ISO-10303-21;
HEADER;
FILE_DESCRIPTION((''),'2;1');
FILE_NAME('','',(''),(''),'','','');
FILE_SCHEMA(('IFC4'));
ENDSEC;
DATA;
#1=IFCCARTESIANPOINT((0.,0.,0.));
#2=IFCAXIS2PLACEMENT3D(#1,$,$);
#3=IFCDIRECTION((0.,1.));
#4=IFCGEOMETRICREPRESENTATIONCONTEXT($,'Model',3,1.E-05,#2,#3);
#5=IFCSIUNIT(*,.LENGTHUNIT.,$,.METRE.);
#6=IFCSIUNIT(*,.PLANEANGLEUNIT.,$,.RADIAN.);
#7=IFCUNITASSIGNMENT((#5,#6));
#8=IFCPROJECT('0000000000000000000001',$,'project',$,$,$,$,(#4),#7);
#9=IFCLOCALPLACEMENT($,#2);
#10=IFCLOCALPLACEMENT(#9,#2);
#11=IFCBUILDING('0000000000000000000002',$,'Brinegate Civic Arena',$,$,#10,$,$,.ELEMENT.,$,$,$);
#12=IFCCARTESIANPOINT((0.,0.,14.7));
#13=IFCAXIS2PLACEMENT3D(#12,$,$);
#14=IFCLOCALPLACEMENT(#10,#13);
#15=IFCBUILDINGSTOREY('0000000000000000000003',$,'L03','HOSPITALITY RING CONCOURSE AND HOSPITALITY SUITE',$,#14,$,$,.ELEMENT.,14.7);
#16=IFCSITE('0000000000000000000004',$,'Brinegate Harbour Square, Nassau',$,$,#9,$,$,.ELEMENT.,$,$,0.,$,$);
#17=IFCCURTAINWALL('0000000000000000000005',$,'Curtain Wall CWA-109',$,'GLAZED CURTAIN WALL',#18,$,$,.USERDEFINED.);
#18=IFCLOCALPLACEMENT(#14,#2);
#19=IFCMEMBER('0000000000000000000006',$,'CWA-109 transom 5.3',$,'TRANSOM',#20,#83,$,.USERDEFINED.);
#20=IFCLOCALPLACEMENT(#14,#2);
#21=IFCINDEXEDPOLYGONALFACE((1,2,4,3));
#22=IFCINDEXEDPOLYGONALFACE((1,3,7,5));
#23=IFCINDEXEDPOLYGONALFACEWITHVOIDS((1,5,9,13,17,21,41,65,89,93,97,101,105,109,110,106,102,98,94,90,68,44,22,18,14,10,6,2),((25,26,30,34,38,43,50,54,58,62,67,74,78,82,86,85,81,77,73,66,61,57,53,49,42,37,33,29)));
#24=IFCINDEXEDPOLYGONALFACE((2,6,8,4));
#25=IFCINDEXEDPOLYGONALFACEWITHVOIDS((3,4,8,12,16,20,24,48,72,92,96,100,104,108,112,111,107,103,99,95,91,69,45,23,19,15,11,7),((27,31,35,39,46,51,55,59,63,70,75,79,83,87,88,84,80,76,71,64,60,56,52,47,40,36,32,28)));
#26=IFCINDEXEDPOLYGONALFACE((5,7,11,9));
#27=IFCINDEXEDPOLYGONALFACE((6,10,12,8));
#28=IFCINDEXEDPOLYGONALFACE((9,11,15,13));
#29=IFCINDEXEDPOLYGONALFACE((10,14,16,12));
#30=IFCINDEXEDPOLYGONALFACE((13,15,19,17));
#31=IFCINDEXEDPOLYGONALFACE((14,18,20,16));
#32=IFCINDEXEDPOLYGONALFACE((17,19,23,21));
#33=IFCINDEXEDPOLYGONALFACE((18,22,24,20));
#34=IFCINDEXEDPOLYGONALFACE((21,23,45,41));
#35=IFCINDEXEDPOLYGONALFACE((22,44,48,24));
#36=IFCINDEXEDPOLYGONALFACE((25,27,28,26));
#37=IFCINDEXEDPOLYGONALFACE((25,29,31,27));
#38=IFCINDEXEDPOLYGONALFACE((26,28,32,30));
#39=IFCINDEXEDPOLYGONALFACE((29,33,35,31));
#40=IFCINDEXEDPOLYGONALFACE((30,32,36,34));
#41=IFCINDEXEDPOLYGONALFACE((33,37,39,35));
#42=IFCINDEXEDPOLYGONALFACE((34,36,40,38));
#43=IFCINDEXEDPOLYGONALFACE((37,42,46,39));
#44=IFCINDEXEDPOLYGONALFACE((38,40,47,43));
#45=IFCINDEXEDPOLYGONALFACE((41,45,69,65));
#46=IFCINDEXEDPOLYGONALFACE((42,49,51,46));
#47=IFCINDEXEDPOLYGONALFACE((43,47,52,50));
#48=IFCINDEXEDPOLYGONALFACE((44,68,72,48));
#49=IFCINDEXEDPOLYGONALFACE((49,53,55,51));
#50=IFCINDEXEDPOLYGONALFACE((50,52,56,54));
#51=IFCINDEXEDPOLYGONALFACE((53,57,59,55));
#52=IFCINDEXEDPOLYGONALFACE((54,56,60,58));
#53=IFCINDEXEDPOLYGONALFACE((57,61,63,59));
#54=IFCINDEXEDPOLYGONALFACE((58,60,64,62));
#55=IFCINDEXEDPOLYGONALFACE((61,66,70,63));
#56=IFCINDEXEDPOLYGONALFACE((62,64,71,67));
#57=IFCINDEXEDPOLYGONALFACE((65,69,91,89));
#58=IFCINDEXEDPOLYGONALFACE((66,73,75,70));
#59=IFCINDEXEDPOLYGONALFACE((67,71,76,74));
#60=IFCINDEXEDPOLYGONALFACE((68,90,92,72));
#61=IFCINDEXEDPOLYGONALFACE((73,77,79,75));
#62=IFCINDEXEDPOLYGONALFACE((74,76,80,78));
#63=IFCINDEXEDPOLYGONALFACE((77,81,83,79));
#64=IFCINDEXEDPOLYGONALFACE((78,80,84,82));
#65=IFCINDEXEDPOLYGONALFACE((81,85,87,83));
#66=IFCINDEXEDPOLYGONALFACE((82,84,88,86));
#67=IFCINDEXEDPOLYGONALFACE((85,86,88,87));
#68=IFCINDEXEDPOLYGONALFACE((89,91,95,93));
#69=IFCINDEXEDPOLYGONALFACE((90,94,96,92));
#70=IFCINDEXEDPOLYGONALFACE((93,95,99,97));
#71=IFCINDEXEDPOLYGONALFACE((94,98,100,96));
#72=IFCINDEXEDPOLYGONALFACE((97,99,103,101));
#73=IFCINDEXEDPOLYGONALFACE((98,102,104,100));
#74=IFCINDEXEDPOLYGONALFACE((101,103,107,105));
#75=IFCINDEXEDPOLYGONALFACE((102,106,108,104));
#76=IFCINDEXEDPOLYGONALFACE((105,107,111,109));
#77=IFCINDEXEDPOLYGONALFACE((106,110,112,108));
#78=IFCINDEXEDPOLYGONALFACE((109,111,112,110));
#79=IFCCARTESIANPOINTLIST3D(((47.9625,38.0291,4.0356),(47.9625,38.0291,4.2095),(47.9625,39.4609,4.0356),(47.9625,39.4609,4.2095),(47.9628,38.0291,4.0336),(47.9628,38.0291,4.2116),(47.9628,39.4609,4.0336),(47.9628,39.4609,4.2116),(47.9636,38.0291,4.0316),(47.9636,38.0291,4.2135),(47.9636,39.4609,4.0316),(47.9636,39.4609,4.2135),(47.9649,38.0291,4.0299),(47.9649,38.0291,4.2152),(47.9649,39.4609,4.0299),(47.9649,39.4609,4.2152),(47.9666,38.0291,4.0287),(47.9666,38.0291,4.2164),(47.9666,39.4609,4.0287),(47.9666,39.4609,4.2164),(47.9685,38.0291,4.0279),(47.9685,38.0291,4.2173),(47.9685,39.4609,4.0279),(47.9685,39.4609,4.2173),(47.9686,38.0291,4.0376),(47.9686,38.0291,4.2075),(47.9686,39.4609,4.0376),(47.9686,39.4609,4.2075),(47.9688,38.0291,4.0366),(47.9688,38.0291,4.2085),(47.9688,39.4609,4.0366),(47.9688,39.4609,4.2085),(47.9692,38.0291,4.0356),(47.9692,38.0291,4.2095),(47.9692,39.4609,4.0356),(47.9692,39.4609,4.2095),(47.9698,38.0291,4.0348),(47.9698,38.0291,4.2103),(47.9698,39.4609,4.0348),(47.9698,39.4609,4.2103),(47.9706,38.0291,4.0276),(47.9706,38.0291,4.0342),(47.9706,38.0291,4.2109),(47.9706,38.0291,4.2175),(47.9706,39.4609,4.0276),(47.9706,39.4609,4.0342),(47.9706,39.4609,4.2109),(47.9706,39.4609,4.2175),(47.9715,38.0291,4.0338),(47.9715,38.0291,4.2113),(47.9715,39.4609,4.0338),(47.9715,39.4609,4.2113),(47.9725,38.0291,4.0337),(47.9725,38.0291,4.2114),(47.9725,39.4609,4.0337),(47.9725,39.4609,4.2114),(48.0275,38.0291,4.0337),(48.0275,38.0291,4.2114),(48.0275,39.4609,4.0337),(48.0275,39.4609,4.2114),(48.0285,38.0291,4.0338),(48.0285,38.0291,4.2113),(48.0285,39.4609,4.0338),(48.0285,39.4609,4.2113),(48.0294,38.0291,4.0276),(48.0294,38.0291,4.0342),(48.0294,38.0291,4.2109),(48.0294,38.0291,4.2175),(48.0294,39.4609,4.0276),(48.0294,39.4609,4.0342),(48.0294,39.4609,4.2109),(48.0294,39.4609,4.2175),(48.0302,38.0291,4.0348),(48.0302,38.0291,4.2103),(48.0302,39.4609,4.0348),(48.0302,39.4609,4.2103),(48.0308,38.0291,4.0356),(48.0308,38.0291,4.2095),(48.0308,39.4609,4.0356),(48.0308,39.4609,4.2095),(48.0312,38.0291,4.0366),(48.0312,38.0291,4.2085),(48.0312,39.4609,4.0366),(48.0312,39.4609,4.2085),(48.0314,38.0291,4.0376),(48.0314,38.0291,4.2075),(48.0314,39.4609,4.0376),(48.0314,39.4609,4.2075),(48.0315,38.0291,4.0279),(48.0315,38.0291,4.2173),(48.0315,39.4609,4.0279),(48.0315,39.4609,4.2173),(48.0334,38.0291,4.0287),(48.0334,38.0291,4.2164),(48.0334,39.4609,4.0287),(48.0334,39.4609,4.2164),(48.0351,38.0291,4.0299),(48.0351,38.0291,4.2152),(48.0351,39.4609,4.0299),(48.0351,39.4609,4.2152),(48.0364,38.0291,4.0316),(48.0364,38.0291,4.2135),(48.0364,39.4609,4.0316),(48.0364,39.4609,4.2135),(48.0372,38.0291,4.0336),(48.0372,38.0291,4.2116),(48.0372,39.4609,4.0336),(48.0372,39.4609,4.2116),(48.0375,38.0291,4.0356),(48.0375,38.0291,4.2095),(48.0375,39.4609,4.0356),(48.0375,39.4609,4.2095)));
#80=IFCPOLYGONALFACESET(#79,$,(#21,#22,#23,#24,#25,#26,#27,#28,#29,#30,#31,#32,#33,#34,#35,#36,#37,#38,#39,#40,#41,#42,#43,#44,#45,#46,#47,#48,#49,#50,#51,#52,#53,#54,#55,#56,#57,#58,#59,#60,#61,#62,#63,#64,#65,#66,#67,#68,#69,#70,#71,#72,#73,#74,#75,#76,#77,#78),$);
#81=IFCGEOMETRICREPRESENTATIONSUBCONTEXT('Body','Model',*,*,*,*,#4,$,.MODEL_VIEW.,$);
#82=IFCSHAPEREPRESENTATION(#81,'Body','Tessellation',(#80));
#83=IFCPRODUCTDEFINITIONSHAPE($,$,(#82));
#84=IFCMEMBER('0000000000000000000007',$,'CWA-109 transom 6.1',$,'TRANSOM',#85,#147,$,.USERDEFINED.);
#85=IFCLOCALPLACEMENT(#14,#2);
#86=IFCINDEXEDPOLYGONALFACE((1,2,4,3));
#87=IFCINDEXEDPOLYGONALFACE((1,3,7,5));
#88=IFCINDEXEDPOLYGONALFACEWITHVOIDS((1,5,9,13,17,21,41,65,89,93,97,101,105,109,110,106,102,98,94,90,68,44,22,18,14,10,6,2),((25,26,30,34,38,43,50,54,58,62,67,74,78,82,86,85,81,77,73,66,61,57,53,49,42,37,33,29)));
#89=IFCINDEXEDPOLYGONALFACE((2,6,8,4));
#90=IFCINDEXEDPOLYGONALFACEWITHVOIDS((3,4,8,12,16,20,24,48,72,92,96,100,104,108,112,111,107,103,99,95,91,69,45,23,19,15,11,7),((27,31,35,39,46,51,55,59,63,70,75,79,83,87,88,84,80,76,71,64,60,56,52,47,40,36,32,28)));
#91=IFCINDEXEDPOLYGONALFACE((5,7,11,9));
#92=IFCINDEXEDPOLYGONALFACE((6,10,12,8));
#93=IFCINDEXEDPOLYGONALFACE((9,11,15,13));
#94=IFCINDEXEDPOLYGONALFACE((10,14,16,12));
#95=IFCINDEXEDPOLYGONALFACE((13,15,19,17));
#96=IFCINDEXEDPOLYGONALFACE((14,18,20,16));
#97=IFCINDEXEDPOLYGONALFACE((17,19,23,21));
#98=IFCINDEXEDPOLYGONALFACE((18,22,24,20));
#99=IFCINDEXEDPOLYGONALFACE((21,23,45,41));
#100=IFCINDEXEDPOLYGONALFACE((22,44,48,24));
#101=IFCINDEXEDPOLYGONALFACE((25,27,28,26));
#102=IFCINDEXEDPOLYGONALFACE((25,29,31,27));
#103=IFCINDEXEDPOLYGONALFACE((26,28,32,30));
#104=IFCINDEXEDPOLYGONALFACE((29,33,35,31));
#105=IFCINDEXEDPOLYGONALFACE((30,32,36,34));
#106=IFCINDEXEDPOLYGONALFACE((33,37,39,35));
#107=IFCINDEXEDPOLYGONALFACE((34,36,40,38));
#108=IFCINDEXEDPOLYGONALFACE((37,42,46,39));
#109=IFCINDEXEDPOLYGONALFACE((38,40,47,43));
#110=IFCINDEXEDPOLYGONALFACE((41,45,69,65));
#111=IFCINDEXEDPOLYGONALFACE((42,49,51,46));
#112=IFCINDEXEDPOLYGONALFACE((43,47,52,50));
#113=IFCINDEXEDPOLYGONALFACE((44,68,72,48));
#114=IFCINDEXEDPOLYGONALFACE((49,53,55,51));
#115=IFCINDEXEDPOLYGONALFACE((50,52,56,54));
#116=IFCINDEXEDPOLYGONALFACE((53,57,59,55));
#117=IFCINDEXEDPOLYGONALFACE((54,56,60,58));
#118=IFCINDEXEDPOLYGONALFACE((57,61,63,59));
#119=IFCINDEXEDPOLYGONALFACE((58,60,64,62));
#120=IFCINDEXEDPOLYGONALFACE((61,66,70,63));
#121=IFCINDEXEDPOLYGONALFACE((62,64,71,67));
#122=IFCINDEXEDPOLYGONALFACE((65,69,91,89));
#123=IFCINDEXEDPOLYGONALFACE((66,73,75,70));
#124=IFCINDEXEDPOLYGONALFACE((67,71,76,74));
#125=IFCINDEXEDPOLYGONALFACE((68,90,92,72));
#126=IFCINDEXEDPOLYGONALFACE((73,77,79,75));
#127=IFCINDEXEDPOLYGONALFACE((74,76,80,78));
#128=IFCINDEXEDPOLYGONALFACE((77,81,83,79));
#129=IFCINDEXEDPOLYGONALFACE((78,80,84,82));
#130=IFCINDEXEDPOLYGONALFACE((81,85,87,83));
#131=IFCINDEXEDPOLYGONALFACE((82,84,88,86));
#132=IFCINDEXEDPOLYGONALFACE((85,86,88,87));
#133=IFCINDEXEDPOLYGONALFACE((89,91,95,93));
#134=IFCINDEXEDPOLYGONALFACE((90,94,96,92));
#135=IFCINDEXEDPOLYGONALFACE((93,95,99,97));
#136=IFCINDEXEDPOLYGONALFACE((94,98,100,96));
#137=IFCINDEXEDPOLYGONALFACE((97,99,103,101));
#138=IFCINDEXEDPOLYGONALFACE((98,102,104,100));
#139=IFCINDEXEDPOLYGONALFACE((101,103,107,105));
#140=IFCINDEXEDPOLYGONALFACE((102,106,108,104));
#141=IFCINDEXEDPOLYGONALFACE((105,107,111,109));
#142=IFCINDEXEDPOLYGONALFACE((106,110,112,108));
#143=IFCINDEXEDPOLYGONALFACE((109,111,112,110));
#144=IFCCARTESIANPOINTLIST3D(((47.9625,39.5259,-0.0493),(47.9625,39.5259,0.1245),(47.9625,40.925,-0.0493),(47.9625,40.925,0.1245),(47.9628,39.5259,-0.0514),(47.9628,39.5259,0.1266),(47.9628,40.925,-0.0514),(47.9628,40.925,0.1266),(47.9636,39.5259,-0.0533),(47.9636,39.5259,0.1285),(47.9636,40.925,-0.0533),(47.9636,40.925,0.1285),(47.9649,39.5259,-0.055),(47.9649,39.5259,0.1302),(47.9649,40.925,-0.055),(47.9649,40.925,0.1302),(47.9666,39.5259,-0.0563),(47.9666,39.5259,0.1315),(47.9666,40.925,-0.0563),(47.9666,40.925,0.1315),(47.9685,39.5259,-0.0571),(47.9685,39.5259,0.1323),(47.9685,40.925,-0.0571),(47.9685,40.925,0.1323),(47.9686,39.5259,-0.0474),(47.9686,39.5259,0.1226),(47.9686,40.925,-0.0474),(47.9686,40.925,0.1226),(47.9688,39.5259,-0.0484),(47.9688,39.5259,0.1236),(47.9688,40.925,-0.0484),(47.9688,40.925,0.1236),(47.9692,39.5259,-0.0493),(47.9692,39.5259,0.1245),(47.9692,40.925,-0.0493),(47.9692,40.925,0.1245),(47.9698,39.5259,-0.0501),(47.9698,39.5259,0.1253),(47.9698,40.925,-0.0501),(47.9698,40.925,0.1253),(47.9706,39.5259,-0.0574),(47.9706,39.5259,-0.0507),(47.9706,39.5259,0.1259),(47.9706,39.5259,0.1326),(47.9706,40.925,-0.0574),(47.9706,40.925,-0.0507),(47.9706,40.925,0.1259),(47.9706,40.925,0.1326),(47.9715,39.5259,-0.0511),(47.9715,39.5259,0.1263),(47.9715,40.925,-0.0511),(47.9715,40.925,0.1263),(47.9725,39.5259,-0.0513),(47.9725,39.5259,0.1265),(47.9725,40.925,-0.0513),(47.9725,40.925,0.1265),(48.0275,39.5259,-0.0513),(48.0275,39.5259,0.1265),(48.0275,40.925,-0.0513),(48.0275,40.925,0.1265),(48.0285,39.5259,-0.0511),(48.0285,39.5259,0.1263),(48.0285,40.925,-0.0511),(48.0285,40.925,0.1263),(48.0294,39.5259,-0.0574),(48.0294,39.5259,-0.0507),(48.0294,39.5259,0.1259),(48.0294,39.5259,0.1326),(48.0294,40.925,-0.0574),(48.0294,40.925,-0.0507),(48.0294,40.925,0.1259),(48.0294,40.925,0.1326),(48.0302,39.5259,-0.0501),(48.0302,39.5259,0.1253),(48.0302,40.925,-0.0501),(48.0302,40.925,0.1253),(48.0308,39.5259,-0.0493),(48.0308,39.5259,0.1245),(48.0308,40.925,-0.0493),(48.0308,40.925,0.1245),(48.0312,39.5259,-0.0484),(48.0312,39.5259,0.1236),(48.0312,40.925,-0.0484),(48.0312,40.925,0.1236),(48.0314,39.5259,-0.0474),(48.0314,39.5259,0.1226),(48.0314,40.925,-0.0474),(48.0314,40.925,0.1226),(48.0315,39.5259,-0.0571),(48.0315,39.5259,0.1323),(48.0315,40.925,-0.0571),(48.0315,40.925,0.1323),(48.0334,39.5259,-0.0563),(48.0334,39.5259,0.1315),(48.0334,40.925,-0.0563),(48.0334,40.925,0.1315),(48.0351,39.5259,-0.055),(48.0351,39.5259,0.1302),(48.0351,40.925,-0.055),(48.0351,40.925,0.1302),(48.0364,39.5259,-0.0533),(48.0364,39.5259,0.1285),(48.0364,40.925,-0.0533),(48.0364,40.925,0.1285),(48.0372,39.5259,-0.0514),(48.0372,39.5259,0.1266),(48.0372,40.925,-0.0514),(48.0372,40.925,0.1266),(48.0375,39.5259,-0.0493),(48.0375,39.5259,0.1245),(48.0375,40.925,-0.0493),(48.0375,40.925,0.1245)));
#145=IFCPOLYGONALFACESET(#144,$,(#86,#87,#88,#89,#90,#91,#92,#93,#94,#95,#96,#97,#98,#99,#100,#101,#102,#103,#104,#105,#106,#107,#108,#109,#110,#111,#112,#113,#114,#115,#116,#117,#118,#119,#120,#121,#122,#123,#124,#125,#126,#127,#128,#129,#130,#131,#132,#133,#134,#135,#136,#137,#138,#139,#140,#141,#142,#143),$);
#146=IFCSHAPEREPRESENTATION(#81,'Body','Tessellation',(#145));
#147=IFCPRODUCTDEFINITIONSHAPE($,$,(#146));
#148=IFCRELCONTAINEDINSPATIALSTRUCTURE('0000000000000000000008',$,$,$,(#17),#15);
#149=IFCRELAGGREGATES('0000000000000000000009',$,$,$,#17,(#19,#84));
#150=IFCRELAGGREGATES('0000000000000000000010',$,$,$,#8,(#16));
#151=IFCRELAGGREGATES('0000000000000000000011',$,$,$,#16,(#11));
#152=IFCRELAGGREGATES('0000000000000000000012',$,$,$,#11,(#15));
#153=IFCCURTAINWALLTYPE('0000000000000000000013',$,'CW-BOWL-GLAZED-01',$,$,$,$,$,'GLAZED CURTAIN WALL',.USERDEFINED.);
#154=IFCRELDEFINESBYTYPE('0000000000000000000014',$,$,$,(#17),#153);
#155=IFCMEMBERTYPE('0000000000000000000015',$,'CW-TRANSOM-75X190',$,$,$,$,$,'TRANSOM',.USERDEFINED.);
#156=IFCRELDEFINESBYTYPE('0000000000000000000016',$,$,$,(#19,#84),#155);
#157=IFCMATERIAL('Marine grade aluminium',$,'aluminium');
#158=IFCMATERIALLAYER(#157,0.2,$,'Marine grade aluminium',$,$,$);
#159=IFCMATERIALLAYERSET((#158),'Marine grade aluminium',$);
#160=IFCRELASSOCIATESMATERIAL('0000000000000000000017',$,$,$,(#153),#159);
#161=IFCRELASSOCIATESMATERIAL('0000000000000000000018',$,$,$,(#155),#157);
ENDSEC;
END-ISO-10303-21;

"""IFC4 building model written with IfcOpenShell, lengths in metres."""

from ifc_helpers import new_model, si_unit, direction, frame, origin, origin_2d, place, context, subcontext, project, spatial, hollow_rectangle, extrude, material, layer, layer_set, material_profile, profile_set, type_object, element, aggregate, save


model = new_model("IFC4")

# Units and contexts
model_context = context("Model", 3, precision=1e-05, world=origin(), true_north=direction((0.0, 1.0)))
body_context = subcontext(model_context, "Body", "Model", "MODEL_VIEW")
ifc_project = project(units=[si_unit("LENGTHUNIT", "METRE"), si_unit("PLANEANGLEUNIT", "RADIAN")], contexts=[model_context])

# Site, building, storey
site_placement = place(None, origin())
site = spatial("IfcSite", under=ifc_project, at=site_placement, Name="Brinegate Harbour Square, Nassau", CompositionType="ELEMENT", RefElevation=0.0)
building_placement = place(site_placement, origin())
building = spatial("IfcBuilding", under=site, at=building_placement, Name="Brinegate Civic Arena", CompositionType="ELEMENT")
storey_placement = place(building_placement, frame((0.0, 0.0, 14.7)))
storey = spatial("IfcBuildingStorey", under=building, at=storey_placement, Name="L03", Description="HOSPITALITY RING CONCOURSE AND HOSPITALITY SUITE", CompositionType="ELEMENT", Elevation=14.7)

# Curtain wall
ifc_material_1 = material(Name="Marine grade aluminium", Category="aluminium")
ifc_layer_1 = layer(ifc_material_1, 0.2, Name="Marine grade aluminium")
ifc_layer_set_1 = layer_set([ifc_layer_1], Name="Marine grade aluminium")
curtain_wall_type = type_object("IfcCurtainWallType", Name="CW-BOWL-GLAZED-01", ElementType="GLAZED CURTAIN WALL", PredefinedType="USERDEFINED", material=ifc_layer_set_1)
curtain_wall_1_placement = place(storey_placement, origin())
curtain_wall_1 = element("IfcCurtainWall", 1, at=curtain_wall_1_placement, inside=storey, type_object=curtain_wall_type, Name="Curtain Wall CWA-109", ObjectType="GLAZED CURTAIN WALL", PredefinedType="USERDEFINED")

# Members
ifc_material_profile_1 = material_profile(ifc_material_1, hollow_rectangle(XDim=0.075, YDim=0.1899, WallThickness=0.0061, InnerFilletRadius=0.0039, OuterFilletRadius=0.0081, at=origin_2d()), Name="TRN75X190")
ifc_profile_set_1 = profile_set([ifc_material_profile_1], Name="Marine grade aluminium")
member_type_1 = type_object("IfcMemberType", Name="CW-TRANSOM-75X190", ElementType="TRANSOM", PredefinedType="USERDEFINED", material=ifc_profile_set_1)
member_1_placement = place(storey_placement, frame((48.0, 38.0291, 4.1226), z_axis=(0.0, 1.0, 0.0), x_axis=(-1.0, 0.0, 0.0)))
member_1 = element("IfcMember", 2, at=member_1_placement, type_object=member_type_1, Name="CWA-109 transom 5.3", ObjectType="TRANSOM", PredefinedType="USERDEFINED", context=body_context, shape_type="SweptSolid", body=[
    extrude(hollow_rectangle(XDim=0.075, YDim=0.1899, WallThickness=0.0061, InnerFilletRadius=0.0039, OuterFilletRadius=0.0081, at=origin_2d()), origin(), (0.0, 0.0, 1.0), 1.4319),
])
member_2_placement = place(storey_placement, frame((48.0, 39.5259, 0.0376), z_axis=(0.0, 1.0, 0.0), x_axis=(-1.0, 0.0, 0.0)))
member_2 = element("IfcMember", 3, at=member_2_placement, type_object=member_type_1, Name="CWA-109 transom 6.1", ObjectType="TRANSOM", PredefinedType="USERDEFINED", context=body_context, shape_type="SweptSolid", body=[
    extrude(hollow_rectangle(XDim=0.075, YDim=0.1899, WallThickness=0.0061, InnerFilletRadius=0.0039, OuterFilletRadius=0.0081, at=origin_2d()), origin(), (0.0, 0.0, 1.0), 1.3992),
])

aggregate(curtain_wall_1, [member_1, member_2])

save(model, "model.ifc")
